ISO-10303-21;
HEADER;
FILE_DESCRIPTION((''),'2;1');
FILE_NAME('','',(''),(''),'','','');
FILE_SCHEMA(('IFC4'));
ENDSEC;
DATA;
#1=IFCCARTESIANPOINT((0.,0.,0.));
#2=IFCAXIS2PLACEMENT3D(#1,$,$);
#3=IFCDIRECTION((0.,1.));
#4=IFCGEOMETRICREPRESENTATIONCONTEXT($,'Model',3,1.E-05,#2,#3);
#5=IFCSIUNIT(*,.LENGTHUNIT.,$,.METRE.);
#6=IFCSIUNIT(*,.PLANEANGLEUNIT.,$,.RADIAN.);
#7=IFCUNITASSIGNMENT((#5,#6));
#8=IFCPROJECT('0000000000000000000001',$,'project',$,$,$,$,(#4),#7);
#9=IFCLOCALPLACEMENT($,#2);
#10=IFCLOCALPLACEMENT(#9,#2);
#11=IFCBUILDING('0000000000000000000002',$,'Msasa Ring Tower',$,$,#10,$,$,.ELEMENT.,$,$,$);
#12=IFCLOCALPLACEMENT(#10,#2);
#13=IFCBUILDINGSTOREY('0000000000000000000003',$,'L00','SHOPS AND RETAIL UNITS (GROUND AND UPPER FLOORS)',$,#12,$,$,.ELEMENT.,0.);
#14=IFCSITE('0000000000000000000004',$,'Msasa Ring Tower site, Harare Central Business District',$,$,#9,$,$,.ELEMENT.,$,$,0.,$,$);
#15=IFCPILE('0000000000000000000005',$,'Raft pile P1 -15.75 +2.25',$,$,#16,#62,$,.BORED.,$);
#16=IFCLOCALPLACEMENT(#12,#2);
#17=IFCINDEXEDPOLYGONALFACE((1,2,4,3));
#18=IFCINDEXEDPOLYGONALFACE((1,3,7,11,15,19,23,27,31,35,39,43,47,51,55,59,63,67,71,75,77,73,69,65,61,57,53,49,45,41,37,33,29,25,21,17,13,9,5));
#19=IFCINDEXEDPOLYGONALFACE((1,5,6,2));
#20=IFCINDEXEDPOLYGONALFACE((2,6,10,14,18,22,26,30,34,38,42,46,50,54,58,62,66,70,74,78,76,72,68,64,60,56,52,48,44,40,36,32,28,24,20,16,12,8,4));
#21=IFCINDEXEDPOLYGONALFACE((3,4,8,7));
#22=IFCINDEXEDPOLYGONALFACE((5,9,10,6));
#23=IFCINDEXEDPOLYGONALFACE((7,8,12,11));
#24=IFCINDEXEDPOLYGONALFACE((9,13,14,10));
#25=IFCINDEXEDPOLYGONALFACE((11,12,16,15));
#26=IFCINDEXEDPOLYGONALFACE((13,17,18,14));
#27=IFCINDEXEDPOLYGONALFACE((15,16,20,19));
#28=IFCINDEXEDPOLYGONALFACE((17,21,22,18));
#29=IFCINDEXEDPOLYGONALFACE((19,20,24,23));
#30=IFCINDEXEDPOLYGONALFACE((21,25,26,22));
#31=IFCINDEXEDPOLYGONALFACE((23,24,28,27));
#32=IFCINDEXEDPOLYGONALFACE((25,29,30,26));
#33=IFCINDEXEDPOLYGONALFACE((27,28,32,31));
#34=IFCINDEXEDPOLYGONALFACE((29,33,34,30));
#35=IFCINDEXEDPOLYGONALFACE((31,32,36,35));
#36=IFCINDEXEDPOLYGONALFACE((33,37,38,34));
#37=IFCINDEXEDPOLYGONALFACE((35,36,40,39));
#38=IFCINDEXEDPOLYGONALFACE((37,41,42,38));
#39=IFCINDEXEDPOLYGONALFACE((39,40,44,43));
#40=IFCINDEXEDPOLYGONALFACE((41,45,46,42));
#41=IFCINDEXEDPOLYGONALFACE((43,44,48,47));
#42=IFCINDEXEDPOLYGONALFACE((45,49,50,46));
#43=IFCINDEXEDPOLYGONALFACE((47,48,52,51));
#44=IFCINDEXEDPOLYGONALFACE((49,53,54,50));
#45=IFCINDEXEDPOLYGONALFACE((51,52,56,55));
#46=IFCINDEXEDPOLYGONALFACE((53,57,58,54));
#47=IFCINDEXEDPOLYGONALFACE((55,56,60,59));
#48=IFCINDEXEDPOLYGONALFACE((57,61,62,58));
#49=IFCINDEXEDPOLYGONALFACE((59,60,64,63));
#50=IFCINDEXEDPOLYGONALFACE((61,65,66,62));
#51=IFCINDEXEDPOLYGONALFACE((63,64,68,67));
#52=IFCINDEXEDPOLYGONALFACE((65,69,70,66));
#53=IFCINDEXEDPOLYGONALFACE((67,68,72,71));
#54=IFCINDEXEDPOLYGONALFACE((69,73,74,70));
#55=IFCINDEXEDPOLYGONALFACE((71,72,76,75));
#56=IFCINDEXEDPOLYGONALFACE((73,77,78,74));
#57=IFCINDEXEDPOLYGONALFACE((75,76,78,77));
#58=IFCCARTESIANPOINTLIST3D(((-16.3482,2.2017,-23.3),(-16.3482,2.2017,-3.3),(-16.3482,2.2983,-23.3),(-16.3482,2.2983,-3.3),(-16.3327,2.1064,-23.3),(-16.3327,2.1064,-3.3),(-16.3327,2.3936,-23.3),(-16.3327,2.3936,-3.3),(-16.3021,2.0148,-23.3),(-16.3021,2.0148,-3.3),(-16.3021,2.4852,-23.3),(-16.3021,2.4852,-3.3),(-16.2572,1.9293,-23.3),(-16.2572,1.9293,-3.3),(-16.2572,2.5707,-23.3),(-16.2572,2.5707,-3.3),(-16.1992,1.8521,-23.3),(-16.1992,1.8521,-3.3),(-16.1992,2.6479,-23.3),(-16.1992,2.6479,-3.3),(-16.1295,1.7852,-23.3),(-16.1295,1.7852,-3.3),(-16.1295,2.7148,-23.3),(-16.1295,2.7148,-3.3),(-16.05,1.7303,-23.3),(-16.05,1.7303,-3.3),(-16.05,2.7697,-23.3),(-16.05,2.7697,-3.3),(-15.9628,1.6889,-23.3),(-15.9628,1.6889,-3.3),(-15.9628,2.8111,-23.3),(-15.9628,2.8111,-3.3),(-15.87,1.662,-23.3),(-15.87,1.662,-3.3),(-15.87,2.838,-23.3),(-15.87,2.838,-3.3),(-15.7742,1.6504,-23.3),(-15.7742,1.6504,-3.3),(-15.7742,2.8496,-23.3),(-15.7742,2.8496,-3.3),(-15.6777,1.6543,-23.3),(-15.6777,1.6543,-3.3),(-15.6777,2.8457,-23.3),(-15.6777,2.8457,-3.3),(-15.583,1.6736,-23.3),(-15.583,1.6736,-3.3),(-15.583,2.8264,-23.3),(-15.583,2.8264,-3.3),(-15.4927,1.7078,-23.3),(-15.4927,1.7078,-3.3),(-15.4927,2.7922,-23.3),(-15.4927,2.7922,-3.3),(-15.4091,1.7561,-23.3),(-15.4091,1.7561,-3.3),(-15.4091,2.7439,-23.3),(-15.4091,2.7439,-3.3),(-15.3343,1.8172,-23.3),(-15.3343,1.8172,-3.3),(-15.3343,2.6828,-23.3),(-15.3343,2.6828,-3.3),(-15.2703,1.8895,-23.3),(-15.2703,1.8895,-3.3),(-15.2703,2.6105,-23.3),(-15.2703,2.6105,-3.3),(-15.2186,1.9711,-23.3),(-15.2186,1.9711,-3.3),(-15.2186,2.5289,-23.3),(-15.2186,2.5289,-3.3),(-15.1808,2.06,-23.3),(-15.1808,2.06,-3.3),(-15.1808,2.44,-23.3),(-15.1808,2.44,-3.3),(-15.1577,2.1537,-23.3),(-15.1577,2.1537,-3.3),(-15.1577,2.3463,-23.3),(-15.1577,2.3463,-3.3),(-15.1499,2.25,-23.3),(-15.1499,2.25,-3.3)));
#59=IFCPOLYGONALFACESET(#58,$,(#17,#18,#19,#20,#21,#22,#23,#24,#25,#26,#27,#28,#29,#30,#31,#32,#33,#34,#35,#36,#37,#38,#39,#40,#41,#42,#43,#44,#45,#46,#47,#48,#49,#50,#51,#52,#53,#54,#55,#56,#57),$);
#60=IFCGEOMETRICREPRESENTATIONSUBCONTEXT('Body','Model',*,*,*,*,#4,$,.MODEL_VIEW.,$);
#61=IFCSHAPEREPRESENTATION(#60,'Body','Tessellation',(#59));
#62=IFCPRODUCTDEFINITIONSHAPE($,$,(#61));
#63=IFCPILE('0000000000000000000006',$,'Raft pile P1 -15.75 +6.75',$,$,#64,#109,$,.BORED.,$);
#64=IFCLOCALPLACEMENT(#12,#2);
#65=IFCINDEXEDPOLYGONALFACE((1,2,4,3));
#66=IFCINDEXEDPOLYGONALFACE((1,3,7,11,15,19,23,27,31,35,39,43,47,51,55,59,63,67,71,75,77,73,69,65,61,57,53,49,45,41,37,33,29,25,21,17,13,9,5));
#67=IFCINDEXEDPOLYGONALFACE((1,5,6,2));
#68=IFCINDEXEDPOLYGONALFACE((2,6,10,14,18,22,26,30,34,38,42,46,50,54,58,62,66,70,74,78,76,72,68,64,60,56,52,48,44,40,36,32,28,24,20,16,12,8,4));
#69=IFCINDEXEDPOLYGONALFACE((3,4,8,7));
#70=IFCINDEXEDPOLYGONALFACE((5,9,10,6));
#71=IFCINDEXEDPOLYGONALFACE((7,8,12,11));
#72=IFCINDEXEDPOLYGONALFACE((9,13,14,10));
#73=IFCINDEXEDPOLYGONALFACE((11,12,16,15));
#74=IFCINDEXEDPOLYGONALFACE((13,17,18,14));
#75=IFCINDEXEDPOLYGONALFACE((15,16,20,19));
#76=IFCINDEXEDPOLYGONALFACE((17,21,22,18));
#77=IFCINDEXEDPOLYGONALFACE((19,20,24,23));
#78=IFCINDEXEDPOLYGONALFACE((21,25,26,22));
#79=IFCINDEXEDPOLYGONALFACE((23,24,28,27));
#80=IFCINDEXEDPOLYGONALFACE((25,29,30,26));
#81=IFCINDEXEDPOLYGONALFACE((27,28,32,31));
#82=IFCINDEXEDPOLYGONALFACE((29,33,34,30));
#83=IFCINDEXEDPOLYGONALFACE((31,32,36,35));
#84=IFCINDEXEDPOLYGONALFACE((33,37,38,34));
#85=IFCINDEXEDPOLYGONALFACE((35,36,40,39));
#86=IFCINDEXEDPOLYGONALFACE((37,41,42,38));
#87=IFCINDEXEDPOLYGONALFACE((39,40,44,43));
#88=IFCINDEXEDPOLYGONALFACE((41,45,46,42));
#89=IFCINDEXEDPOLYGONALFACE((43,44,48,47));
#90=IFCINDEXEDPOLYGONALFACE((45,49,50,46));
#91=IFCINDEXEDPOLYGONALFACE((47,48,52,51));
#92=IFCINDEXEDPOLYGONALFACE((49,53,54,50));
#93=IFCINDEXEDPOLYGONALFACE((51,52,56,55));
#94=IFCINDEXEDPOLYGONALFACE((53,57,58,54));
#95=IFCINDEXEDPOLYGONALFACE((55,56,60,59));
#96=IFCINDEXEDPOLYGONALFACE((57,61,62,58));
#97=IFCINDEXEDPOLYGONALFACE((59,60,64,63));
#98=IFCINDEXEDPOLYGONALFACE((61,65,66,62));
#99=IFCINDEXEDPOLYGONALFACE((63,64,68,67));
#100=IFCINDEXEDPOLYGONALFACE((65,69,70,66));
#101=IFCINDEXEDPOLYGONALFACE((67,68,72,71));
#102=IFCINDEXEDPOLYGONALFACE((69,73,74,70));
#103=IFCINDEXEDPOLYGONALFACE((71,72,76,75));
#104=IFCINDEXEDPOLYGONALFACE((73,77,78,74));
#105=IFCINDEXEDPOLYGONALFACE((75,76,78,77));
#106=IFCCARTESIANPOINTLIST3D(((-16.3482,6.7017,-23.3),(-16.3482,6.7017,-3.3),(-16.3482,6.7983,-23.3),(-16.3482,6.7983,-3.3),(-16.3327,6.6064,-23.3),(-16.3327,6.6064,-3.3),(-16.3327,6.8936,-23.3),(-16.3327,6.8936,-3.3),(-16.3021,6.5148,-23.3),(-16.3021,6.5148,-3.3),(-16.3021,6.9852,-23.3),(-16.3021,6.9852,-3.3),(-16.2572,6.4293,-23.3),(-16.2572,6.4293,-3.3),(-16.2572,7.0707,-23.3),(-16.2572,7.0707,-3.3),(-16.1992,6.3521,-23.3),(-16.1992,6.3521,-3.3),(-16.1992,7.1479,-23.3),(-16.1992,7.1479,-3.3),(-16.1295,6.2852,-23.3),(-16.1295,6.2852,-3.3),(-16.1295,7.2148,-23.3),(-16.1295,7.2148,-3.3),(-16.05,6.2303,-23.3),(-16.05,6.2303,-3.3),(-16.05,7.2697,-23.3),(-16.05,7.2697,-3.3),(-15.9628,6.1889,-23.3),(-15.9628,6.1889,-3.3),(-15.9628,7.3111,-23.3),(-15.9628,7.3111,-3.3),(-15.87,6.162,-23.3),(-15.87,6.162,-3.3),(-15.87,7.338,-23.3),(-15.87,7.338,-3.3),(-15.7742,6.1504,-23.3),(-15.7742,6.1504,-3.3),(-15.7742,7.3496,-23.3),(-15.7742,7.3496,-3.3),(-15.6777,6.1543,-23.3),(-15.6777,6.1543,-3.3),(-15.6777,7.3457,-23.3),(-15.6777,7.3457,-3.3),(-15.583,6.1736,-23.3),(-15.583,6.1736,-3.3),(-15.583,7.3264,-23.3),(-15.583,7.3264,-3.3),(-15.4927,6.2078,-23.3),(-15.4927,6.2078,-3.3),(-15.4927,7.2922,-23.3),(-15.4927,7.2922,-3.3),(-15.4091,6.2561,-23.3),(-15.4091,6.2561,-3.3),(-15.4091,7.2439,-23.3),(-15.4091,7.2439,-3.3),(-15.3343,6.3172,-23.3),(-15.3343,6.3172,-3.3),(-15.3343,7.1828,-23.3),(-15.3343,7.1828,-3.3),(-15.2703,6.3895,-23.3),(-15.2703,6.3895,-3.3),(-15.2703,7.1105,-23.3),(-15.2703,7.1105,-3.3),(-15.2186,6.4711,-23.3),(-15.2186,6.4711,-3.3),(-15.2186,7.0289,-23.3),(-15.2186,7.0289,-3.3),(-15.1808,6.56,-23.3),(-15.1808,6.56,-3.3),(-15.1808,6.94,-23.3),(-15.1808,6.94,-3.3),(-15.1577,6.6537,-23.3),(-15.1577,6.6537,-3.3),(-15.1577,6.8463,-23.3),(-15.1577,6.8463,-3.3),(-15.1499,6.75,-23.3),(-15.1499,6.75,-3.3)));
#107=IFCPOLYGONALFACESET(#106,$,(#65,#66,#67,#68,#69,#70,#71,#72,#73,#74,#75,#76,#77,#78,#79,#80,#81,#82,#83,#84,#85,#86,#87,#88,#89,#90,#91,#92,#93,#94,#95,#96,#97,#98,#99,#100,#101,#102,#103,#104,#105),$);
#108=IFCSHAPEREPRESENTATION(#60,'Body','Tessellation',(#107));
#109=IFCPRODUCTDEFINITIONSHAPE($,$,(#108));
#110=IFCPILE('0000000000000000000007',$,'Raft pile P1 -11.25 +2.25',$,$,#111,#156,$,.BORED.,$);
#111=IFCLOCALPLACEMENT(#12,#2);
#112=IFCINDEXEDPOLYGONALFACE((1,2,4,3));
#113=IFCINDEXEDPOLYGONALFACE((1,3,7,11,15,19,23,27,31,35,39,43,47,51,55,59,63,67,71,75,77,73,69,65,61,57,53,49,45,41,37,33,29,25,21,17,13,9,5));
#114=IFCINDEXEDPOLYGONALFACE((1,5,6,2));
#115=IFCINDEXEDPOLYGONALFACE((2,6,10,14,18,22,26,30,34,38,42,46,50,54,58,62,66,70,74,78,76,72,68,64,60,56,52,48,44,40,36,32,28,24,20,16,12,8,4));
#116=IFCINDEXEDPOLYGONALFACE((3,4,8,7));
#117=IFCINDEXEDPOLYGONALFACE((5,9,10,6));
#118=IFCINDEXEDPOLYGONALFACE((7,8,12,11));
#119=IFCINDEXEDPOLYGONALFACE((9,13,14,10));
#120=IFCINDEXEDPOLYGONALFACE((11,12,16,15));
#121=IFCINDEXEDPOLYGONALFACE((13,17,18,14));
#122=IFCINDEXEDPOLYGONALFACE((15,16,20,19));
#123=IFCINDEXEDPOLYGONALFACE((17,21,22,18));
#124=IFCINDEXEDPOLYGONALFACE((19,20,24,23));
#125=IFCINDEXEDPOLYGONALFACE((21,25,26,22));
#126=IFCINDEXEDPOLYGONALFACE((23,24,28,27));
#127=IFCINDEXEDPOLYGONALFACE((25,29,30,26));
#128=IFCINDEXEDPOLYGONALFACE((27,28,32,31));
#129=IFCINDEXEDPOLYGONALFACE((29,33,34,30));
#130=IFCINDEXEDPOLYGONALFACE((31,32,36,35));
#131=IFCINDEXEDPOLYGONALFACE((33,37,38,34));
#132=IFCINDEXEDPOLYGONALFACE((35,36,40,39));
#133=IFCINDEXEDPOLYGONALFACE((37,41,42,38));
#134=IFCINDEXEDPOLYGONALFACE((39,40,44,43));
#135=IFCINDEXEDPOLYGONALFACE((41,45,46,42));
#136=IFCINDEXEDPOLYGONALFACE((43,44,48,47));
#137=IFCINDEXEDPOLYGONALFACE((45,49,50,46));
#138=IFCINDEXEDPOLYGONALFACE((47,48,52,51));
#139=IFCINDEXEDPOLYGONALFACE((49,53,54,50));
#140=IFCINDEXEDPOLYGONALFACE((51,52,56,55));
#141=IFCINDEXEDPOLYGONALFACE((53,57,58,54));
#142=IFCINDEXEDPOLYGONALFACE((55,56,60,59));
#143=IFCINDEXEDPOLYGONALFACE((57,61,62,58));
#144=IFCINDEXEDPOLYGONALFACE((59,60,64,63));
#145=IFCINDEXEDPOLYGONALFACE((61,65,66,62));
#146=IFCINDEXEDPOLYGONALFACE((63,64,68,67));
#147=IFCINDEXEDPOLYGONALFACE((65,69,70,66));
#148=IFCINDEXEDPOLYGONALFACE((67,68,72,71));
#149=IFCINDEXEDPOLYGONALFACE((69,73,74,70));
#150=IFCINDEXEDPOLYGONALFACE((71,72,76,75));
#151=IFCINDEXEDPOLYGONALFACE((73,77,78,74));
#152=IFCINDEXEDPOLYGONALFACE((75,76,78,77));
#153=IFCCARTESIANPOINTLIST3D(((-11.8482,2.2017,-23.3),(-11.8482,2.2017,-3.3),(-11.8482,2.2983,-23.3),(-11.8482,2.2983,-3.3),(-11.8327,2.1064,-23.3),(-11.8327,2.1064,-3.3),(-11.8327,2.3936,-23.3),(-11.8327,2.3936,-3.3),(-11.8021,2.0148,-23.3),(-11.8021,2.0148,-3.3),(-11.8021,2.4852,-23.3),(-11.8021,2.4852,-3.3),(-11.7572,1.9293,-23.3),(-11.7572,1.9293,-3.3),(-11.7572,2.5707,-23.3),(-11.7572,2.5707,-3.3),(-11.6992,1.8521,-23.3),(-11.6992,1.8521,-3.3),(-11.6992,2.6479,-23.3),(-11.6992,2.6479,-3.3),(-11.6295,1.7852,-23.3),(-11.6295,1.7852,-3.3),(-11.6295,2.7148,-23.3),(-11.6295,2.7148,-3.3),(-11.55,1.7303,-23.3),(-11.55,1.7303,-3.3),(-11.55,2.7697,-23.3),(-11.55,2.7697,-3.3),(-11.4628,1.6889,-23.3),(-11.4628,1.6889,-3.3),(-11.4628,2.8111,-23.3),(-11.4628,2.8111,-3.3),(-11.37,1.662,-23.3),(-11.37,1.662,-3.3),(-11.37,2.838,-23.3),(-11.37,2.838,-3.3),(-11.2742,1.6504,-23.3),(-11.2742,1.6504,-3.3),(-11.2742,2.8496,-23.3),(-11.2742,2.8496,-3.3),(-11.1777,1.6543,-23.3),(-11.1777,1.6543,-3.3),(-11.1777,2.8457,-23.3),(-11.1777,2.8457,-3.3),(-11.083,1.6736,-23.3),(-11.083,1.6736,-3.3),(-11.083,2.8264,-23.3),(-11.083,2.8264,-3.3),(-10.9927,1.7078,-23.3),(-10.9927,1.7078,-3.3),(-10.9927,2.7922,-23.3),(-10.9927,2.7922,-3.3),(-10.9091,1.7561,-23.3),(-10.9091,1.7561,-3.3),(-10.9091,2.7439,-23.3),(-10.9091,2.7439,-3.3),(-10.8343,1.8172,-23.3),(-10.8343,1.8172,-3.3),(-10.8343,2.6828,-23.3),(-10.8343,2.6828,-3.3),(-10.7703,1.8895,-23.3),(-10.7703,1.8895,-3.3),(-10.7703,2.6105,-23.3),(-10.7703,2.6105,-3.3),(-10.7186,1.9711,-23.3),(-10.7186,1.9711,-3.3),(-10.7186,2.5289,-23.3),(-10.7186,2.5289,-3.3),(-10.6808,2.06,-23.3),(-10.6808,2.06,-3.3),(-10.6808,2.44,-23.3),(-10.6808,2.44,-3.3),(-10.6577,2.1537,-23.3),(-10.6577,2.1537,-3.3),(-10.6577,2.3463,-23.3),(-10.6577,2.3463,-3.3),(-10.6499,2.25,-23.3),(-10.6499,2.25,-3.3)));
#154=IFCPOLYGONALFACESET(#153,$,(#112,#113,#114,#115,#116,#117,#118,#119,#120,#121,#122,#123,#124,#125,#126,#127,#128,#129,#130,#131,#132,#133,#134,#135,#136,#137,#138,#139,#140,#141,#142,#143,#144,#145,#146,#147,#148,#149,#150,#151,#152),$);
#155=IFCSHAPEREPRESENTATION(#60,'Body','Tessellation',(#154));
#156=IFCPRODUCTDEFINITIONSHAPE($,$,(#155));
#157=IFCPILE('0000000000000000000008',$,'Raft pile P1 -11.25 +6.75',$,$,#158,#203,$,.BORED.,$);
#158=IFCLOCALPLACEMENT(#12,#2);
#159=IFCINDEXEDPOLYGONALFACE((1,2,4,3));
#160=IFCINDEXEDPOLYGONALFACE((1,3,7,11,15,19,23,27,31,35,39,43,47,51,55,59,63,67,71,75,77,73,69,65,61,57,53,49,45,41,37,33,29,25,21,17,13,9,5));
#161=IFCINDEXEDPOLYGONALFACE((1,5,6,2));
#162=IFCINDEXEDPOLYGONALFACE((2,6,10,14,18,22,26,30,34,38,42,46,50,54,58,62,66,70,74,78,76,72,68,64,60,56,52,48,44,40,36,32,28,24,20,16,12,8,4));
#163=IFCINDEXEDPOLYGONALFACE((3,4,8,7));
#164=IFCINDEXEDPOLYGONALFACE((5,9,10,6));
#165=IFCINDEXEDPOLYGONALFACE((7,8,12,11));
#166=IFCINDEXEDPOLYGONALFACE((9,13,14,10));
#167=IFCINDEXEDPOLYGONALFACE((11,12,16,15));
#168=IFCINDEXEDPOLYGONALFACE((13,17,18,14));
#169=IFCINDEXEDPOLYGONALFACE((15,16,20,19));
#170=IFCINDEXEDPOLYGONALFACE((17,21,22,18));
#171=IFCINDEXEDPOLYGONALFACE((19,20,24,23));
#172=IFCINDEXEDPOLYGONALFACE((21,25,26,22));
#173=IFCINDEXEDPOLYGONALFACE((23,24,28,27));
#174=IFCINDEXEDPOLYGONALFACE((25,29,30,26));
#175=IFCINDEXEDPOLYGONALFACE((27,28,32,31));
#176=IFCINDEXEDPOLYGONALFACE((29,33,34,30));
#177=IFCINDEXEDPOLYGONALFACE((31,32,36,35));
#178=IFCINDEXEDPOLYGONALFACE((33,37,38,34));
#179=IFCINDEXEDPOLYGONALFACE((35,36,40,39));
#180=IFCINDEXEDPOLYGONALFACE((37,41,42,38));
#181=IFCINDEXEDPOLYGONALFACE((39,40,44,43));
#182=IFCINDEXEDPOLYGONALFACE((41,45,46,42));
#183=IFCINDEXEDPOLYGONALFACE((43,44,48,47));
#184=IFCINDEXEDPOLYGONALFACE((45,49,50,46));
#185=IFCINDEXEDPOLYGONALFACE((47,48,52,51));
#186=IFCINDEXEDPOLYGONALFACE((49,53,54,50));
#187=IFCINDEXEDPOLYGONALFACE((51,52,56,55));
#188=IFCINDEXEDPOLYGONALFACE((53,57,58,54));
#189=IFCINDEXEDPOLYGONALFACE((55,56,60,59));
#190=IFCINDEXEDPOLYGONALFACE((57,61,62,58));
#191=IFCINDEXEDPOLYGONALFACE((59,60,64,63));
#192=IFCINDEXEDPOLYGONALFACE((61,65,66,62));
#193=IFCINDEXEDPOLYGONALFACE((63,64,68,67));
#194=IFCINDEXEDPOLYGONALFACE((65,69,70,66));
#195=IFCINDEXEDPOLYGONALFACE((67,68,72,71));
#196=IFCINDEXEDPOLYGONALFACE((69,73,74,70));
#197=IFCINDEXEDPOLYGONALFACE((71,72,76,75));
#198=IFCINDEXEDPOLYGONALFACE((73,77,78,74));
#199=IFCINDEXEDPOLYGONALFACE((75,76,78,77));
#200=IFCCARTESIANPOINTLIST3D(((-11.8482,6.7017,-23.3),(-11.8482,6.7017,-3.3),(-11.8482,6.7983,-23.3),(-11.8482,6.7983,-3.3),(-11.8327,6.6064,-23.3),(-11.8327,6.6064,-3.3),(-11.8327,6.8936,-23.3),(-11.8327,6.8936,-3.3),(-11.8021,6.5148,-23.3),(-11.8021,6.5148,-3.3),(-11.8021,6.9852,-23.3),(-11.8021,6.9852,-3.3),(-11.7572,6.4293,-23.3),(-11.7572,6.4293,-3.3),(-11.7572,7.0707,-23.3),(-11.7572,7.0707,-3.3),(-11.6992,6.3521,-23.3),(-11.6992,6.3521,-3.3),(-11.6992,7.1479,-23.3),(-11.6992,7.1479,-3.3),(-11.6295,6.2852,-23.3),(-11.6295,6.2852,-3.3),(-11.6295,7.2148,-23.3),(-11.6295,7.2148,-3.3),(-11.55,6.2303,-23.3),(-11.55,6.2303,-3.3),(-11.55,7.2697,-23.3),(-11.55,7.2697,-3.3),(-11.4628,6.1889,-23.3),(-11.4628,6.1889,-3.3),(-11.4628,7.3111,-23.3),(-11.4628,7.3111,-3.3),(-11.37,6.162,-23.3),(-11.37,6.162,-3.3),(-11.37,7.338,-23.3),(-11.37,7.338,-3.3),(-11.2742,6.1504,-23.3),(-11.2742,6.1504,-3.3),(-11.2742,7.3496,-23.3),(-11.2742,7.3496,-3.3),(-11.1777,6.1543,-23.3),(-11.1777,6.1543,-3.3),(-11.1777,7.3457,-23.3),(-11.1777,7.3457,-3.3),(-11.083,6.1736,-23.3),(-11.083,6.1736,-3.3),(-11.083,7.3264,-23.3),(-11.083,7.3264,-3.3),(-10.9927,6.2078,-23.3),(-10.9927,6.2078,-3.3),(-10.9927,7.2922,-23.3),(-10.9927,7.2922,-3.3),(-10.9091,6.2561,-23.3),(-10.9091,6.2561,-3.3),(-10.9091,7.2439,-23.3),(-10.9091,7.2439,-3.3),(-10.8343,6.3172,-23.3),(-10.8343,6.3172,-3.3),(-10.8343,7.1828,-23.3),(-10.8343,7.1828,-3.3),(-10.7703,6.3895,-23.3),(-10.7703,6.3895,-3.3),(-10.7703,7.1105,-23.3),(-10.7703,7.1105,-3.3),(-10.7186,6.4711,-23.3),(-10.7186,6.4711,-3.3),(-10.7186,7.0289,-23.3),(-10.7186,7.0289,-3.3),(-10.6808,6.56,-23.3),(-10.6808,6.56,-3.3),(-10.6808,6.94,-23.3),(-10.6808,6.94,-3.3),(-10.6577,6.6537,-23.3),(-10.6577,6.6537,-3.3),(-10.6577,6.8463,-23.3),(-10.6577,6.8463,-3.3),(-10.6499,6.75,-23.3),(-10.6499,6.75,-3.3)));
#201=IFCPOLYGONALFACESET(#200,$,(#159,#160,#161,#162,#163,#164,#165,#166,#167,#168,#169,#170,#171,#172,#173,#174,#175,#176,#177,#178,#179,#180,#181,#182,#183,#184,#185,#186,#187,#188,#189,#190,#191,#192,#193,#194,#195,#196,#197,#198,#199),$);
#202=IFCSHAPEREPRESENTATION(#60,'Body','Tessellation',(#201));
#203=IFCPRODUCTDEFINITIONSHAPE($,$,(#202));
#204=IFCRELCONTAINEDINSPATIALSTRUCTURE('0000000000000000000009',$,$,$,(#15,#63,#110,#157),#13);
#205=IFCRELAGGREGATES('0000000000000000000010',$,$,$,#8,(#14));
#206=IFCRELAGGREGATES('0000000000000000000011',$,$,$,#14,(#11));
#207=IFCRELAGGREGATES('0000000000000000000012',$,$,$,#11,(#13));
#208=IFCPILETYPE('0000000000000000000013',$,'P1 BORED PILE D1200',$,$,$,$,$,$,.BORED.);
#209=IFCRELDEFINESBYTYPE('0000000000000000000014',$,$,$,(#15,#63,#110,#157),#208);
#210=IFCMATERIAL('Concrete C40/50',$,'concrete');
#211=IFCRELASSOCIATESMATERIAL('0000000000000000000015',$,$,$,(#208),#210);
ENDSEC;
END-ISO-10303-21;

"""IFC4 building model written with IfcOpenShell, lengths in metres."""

from ifc_helpers import new_model, si_unit, direction, frame, origin, origin_2d, place, context, subcontext, project, spatial, circle, extrude, material, material_profile, profile_set, type_object, element, save


model = new_model("IFC4")

# Units and contexts
model_context = context("Model", 3, precision=1e-05, world=origin(), true_north=direction((0.0, 1.0)))
body_context = subcontext(model_context, "Body", "Model", "MODEL_VIEW")
ifc_project = project(units=[si_unit("LENGTHUNIT", "METRE"), si_unit("PLANEANGLEUNIT", "RADIAN")], contexts=[model_context])

# Site, building, storey
site_placement = place(None, origin())
site = spatial("IfcSite", under=ifc_project, at=site_placement, Name="Msasa Ring Tower site, Harare Central Business District", CompositionType="ELEMENT", RefElevation=0.0)
building_placement = place(site_placement, origin())
building = spatial("IfcBuilding", under=site, at=building_placement, Name="Msasa Ring Tower", CompositionType="ELEMENT")
storey_placement = place(building_placement, origin())
storey = spatial("IfcBuildingStorey", under=building, at=storey_placement, Name="L00", Description="SHOPS AND RETAIL UNITS (GROUND AND UPPER FLOORS)", CompositionType="ELEMENT", Elevation=0.0)

# Piles
ifc_material_1 = material(Name="Concrete C40/50", Category="concrete")
ifc_material_profile_1 = material_profile(ifc_material_1, circle(Radius=0.6001, at=origin_2d()), Name="D1200")
ifc_profile_set_1 = profile_set([ifc_material_profile_1], Name="Concrete C40/50")
pile_type = type_object("IfcPileType", Name="P1 BORED PILE D1200", PredefinedType="BORED", material=ifc_profile_set_1)
for number, where, z_axis, x_axis, name in (
    (1, (-15.75, 2.25, -3.3), (0.0, 0.0, -1.0), (1.0, 0.0, 0.0), "Raft pile P1 -15.75 +2.25"),
    (2, (-15.75, 6.75, -3.3), (0.0, 0.0, -1.0), (1.0, 0.0, 0.0), "Raft pile P1 -15.75 +6.75"),
    (3, (-11.25, 2.25, -3.3), (0.0, 0.0, -1.0), (1.0, 0.0, 0.0), "Raft pile P1 -11.25 +2.25"),
    (4, (-11.25, 6.75, -3.3), (0.0, 0.0, -1.0), (1.0, 0.0, 0.0), "Raft pile P1 -11.25 +6.75"),
):
    element("IfcPile", number, at=place(storey_placement, frame(where, z_axis=z_axis, x_axis=x_axis)), inside=storey, type_object=pile_type, Name=name, PredefinedType="BORED", context=body_context, shape_type="SweptSolid", body=[
        extrude(circle(Radius=0.6001, at=origin_2d()), origin(), (0.0, 0.0, 1.0), 20.0),
    ])

save(model, "model.ifc")
